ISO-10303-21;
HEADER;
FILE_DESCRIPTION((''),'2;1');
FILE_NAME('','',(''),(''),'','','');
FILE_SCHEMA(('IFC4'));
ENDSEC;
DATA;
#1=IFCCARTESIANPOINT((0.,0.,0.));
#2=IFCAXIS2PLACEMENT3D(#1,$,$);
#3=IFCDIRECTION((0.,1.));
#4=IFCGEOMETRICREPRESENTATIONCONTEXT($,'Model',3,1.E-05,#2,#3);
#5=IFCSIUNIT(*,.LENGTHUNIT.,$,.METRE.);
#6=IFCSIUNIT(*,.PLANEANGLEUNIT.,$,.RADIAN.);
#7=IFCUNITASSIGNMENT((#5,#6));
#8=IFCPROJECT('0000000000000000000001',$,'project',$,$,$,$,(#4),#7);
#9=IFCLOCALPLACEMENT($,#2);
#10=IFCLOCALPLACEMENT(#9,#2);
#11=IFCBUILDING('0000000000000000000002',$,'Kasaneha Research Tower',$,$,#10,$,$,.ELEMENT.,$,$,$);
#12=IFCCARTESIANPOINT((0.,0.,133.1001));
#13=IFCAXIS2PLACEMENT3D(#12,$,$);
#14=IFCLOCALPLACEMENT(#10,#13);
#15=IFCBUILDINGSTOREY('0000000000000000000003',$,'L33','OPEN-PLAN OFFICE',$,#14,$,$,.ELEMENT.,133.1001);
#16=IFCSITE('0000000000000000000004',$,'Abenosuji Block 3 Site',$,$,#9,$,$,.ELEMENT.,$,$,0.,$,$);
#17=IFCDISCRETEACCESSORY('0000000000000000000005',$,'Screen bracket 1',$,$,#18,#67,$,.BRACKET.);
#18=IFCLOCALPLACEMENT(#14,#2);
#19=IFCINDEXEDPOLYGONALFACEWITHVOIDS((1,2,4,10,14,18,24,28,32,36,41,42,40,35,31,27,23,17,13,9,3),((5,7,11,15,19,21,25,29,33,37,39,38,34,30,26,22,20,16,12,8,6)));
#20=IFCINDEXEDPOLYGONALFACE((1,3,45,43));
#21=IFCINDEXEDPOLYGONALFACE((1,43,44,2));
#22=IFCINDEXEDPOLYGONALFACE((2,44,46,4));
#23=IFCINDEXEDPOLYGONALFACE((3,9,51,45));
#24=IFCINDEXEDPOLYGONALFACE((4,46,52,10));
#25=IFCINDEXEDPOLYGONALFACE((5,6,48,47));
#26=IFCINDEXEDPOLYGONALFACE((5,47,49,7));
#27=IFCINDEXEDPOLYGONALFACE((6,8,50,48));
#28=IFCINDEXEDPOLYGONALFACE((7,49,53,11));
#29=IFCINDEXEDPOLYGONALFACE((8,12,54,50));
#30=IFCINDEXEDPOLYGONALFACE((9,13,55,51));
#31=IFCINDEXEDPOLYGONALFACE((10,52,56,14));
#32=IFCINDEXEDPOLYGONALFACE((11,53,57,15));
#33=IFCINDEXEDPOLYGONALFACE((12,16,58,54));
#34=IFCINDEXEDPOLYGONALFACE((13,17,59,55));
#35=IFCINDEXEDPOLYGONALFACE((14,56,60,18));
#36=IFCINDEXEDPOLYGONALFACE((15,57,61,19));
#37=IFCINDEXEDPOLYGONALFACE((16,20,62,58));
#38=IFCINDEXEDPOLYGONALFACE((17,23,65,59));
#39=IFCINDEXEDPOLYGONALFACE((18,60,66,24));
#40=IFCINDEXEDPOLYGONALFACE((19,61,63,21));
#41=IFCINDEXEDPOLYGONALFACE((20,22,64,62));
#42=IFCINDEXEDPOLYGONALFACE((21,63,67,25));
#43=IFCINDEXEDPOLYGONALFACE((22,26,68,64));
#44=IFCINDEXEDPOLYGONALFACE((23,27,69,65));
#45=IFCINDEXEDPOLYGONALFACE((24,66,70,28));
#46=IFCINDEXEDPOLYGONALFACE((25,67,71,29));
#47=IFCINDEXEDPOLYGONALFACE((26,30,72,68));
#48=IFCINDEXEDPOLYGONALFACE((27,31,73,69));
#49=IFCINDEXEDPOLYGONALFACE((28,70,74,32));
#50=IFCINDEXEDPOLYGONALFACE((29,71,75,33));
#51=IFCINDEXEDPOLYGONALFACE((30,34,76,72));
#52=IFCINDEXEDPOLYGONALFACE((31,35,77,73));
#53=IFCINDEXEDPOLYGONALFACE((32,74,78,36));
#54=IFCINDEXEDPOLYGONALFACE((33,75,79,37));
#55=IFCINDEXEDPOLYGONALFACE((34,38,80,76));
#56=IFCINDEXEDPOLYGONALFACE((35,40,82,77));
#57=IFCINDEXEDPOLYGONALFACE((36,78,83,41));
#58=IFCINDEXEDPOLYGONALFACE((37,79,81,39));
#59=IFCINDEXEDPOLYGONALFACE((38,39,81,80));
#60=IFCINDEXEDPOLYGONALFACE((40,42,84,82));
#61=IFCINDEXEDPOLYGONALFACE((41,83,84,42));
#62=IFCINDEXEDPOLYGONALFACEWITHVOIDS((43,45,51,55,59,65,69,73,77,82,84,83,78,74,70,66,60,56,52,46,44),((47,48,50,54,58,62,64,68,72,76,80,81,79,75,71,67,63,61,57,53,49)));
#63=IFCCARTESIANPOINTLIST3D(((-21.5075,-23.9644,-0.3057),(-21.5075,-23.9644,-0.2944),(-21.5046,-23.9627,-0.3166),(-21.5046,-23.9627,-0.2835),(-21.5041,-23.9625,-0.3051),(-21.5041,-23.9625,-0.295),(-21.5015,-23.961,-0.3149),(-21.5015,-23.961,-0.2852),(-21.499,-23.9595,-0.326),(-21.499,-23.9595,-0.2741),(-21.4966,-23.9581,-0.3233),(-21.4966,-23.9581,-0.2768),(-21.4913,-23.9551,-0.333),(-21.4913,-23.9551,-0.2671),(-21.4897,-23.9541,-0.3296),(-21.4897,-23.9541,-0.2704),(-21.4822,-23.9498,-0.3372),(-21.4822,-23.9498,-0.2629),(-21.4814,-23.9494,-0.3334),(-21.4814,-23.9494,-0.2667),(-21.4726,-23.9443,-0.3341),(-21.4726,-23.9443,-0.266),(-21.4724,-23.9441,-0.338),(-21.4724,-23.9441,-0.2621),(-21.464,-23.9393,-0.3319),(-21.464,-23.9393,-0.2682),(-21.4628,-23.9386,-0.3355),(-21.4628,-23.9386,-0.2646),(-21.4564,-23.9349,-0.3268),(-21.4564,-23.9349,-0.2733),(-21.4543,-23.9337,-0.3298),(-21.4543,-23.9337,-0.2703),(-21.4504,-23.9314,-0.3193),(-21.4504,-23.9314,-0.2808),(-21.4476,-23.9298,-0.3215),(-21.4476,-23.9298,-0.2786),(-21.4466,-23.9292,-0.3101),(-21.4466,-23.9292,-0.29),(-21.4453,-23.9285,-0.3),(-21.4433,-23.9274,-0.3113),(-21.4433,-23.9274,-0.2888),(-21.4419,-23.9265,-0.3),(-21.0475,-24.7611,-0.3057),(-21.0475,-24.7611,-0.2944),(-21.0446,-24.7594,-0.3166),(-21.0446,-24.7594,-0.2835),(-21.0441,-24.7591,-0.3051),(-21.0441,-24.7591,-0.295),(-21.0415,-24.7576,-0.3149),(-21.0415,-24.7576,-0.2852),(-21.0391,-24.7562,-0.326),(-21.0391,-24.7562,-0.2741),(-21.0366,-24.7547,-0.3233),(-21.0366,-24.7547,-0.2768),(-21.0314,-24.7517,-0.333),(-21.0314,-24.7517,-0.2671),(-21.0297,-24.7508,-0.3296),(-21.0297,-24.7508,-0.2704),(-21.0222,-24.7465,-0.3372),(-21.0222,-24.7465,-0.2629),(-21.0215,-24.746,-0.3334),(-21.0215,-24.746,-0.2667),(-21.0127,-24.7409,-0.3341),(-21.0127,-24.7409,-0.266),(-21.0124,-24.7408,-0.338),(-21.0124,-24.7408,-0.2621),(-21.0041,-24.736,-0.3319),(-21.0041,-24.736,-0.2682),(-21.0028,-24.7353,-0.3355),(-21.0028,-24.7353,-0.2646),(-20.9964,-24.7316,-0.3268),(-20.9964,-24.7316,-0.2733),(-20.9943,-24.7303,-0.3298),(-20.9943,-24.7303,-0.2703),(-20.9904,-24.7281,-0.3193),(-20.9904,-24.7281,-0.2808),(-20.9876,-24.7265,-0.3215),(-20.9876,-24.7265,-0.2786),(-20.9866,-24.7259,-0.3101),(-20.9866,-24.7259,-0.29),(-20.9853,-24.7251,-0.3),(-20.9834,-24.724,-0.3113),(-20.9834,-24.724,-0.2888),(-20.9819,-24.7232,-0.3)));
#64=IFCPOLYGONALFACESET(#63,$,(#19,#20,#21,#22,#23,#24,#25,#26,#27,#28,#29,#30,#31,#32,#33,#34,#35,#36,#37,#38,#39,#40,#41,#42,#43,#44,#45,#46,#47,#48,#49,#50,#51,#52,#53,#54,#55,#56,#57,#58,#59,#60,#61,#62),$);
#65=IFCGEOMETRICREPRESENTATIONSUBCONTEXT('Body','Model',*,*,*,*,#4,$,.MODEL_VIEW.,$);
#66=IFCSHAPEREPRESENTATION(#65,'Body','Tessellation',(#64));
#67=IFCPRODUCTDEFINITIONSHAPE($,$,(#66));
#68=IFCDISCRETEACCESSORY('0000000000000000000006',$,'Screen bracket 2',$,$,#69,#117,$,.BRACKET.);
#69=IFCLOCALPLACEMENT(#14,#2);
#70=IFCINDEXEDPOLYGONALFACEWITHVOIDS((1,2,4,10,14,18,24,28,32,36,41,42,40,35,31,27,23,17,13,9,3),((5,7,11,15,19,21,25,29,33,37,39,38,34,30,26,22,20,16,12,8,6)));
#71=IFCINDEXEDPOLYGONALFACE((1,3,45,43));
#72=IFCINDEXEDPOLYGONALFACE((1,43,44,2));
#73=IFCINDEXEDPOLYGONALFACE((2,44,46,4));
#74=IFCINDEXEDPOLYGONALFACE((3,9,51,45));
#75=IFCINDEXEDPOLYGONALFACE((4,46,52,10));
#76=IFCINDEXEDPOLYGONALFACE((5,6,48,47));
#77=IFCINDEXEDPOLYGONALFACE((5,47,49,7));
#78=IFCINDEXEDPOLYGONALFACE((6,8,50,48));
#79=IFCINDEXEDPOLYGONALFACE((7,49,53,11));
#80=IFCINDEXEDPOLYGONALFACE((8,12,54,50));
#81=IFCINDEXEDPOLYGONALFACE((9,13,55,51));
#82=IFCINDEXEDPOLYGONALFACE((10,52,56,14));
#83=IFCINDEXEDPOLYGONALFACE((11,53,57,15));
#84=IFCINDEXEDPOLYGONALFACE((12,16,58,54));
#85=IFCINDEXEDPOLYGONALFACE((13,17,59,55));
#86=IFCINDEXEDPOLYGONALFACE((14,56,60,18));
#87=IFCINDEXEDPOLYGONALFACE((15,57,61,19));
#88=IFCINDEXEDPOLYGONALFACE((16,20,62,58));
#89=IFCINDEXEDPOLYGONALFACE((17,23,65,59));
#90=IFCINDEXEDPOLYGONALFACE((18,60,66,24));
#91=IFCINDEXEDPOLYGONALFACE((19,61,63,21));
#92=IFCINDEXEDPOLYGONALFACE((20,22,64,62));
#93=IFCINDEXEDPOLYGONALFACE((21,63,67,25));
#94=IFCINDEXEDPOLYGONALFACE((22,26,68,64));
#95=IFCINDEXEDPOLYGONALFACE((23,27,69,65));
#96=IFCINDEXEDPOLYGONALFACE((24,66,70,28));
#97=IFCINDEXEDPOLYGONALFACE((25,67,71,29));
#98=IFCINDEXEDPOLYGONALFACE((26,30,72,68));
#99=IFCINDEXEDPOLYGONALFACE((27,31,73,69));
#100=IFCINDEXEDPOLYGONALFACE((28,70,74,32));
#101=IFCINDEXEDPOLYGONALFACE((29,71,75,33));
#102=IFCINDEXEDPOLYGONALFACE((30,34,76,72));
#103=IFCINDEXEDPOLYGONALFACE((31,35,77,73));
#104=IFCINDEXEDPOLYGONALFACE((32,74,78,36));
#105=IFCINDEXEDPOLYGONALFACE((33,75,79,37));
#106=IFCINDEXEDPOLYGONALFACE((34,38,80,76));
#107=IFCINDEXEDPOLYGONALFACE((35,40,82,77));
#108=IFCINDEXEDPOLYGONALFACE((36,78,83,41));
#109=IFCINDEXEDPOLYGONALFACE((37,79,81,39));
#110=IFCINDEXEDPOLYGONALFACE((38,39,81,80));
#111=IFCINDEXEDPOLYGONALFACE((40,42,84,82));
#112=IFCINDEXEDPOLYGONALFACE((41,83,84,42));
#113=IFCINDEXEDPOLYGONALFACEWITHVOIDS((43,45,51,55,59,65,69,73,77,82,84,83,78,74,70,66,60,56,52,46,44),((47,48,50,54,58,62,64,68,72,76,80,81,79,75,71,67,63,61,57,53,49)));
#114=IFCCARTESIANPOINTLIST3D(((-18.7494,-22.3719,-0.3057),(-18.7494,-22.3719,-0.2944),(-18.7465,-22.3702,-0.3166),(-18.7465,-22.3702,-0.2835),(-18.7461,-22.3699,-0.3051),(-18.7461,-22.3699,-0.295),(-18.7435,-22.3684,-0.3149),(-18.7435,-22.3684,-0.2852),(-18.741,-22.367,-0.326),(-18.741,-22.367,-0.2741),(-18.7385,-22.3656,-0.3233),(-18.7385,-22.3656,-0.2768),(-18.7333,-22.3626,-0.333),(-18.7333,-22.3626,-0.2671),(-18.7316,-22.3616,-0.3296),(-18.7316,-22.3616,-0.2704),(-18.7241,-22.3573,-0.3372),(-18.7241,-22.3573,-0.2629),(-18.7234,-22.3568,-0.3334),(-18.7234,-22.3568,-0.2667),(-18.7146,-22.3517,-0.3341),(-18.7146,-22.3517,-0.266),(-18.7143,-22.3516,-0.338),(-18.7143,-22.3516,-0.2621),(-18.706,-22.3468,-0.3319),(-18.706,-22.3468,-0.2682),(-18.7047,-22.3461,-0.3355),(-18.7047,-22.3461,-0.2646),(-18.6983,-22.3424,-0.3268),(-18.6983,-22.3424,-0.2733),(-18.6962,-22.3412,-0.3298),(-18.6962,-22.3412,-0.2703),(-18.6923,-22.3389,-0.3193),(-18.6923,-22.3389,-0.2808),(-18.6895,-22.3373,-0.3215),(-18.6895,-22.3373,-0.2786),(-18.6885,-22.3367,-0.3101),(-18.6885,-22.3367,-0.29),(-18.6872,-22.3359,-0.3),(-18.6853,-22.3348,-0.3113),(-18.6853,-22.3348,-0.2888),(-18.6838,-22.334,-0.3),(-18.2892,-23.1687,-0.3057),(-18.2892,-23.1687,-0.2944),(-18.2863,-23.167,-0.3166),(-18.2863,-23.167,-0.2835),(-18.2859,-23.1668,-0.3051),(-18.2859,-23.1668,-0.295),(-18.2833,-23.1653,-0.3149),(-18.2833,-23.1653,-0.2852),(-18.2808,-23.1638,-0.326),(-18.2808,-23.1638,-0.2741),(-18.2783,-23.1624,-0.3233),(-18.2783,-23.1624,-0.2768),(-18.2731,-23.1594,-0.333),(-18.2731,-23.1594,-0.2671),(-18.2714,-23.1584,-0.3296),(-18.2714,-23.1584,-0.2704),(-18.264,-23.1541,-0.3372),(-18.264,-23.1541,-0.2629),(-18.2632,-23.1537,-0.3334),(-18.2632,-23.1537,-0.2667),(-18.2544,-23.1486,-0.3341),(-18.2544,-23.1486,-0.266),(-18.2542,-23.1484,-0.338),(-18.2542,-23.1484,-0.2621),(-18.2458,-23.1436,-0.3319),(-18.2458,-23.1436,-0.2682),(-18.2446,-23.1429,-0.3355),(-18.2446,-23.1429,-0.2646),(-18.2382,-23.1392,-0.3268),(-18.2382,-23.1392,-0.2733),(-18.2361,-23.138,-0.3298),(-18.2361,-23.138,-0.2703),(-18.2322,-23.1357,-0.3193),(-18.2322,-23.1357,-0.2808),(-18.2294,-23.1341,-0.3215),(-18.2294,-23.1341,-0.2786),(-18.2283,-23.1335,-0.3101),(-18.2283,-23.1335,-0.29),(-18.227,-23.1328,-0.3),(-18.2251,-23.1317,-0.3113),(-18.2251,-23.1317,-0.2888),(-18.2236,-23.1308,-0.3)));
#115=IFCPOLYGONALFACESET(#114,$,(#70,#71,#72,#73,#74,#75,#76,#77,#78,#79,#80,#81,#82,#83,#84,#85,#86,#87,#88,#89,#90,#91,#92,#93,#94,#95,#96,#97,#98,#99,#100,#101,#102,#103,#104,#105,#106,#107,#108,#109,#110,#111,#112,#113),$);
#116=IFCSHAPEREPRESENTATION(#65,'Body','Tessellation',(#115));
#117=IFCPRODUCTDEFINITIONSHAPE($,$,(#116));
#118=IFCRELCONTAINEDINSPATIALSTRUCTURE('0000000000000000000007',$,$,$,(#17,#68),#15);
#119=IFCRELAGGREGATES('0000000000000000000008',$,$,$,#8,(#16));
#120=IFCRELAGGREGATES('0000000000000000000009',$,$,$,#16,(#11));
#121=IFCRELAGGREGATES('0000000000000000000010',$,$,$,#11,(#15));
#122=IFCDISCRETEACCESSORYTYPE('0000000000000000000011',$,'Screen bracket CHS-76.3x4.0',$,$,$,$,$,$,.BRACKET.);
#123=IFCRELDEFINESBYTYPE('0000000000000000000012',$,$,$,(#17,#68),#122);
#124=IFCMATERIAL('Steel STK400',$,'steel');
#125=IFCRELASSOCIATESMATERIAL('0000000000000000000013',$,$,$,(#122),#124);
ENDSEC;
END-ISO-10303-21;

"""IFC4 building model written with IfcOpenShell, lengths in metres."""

from ifc_helpers import new_model, si_unit, direction, frame, origin, origin_2d, place, context, subcontext, project, spatial, hollow_circle, extrude, material, material_profile, profile_set, type_object, element, save


model = new_model("IFC4")

# Units and contexts
model_context = context("Model", 3, precision=1e-05, world=origin(), true_north=direction((0.0, 1.0)))
body_context = subcontext(model_context, "Body", "Model", "MODEL_VIEW")
ifc_project = project(units=[si_unit("LENGTHUNIT", "METRE"), si_unit("PLANEANGLEUNIT", "RADIAN")], contexts=[model_context])

# Site, building, storey
site_placement = place(None, origin())
site = spatial("IfcSite", under=ifc_project, at=site_placement, Name="Abenosuji Block 3 Site", CompositionType="ELEMENT", RefElevation=0.0)
building_placement = place(site_placement, origin())
building = spatial("IfcBuilding", under=site, at=building_placement, Name="Kasaneha Research Tower", CompositionType="ELEMENT")
storey_placement = place(building_placement, frame((0.0, 0.0, 133.1001)))
storey = spatial("IfcBuildingStorey", under=building, at=storey_placement, Name="L33", Description="OPEN-PLAN OFFICE", CompositionType="ELEMENT", Elevation=133.1001)

# Discrete accessories
ifc_material_1 = material(Name="Steel STK400", Category="steel")
ifc_material_profile_1 = material_profile(ifc_material_1, hollow_circle(Radius=0.0381, WallThickness=0.0039, at=origin_2d()), Name="CHS-76.3x4.0")
ifc_profile_set_1 = profile_set([ifc_material_profile_1], Name="Steel STK400")
discrete_accessory_type = type_object("IfcDiscreteAccessoryType", Name="Screen bracket CHS-76.3x4.0", PredefinedType="BRACKET", material=ifc_profile_set_1)
discrete_accessory_1_placement = place(storey_placement, frame((-21.4749, -23.9456, -0.3), z_axis=(0.500021, -0.866013, 0.0), x_axis=(0.866013, 0.500021, 0.0)))
element("IfcDiscreteAccessory", 1, at=discrete_accessory_1_placement, inside=storey, type_object=discrete_accessory_type, Name="Screen bracket 1", PredefinedType="BRACKET", context=body_context, shape_type="SweptSolid", body=[
    extrude(hollow_circle(Radius=0.0381, WallThickness=0.0039, at=origin_2d()), origin(), (0.0, 0.0, 1.0), 0.9199),
])
discrete_accessory_2_placement = place(storey_placement, frame((-18.7168, -22.353, -0.3), z_axis=(0.500105, -0.865965, 0.0), x_axis=(0.865965, 0.500105, 0.0)))
element("IfcDiscreteAccessory", 2, at=discrete_accessory_2_placement, inside=storey, type_object=discrete_accessory_type, Name="Screen bracket 2", PredefinedType="BRACKET", context=body_context, shape_type="SweptSolid", body=[
    extrude(hollow_circle(Radius=0.0381, WallThickness=0.0039, at=origin_2d()), origin(), (0.0, 0.0, 1.0), 0.9202),
])

save(model, "model.ifc")
